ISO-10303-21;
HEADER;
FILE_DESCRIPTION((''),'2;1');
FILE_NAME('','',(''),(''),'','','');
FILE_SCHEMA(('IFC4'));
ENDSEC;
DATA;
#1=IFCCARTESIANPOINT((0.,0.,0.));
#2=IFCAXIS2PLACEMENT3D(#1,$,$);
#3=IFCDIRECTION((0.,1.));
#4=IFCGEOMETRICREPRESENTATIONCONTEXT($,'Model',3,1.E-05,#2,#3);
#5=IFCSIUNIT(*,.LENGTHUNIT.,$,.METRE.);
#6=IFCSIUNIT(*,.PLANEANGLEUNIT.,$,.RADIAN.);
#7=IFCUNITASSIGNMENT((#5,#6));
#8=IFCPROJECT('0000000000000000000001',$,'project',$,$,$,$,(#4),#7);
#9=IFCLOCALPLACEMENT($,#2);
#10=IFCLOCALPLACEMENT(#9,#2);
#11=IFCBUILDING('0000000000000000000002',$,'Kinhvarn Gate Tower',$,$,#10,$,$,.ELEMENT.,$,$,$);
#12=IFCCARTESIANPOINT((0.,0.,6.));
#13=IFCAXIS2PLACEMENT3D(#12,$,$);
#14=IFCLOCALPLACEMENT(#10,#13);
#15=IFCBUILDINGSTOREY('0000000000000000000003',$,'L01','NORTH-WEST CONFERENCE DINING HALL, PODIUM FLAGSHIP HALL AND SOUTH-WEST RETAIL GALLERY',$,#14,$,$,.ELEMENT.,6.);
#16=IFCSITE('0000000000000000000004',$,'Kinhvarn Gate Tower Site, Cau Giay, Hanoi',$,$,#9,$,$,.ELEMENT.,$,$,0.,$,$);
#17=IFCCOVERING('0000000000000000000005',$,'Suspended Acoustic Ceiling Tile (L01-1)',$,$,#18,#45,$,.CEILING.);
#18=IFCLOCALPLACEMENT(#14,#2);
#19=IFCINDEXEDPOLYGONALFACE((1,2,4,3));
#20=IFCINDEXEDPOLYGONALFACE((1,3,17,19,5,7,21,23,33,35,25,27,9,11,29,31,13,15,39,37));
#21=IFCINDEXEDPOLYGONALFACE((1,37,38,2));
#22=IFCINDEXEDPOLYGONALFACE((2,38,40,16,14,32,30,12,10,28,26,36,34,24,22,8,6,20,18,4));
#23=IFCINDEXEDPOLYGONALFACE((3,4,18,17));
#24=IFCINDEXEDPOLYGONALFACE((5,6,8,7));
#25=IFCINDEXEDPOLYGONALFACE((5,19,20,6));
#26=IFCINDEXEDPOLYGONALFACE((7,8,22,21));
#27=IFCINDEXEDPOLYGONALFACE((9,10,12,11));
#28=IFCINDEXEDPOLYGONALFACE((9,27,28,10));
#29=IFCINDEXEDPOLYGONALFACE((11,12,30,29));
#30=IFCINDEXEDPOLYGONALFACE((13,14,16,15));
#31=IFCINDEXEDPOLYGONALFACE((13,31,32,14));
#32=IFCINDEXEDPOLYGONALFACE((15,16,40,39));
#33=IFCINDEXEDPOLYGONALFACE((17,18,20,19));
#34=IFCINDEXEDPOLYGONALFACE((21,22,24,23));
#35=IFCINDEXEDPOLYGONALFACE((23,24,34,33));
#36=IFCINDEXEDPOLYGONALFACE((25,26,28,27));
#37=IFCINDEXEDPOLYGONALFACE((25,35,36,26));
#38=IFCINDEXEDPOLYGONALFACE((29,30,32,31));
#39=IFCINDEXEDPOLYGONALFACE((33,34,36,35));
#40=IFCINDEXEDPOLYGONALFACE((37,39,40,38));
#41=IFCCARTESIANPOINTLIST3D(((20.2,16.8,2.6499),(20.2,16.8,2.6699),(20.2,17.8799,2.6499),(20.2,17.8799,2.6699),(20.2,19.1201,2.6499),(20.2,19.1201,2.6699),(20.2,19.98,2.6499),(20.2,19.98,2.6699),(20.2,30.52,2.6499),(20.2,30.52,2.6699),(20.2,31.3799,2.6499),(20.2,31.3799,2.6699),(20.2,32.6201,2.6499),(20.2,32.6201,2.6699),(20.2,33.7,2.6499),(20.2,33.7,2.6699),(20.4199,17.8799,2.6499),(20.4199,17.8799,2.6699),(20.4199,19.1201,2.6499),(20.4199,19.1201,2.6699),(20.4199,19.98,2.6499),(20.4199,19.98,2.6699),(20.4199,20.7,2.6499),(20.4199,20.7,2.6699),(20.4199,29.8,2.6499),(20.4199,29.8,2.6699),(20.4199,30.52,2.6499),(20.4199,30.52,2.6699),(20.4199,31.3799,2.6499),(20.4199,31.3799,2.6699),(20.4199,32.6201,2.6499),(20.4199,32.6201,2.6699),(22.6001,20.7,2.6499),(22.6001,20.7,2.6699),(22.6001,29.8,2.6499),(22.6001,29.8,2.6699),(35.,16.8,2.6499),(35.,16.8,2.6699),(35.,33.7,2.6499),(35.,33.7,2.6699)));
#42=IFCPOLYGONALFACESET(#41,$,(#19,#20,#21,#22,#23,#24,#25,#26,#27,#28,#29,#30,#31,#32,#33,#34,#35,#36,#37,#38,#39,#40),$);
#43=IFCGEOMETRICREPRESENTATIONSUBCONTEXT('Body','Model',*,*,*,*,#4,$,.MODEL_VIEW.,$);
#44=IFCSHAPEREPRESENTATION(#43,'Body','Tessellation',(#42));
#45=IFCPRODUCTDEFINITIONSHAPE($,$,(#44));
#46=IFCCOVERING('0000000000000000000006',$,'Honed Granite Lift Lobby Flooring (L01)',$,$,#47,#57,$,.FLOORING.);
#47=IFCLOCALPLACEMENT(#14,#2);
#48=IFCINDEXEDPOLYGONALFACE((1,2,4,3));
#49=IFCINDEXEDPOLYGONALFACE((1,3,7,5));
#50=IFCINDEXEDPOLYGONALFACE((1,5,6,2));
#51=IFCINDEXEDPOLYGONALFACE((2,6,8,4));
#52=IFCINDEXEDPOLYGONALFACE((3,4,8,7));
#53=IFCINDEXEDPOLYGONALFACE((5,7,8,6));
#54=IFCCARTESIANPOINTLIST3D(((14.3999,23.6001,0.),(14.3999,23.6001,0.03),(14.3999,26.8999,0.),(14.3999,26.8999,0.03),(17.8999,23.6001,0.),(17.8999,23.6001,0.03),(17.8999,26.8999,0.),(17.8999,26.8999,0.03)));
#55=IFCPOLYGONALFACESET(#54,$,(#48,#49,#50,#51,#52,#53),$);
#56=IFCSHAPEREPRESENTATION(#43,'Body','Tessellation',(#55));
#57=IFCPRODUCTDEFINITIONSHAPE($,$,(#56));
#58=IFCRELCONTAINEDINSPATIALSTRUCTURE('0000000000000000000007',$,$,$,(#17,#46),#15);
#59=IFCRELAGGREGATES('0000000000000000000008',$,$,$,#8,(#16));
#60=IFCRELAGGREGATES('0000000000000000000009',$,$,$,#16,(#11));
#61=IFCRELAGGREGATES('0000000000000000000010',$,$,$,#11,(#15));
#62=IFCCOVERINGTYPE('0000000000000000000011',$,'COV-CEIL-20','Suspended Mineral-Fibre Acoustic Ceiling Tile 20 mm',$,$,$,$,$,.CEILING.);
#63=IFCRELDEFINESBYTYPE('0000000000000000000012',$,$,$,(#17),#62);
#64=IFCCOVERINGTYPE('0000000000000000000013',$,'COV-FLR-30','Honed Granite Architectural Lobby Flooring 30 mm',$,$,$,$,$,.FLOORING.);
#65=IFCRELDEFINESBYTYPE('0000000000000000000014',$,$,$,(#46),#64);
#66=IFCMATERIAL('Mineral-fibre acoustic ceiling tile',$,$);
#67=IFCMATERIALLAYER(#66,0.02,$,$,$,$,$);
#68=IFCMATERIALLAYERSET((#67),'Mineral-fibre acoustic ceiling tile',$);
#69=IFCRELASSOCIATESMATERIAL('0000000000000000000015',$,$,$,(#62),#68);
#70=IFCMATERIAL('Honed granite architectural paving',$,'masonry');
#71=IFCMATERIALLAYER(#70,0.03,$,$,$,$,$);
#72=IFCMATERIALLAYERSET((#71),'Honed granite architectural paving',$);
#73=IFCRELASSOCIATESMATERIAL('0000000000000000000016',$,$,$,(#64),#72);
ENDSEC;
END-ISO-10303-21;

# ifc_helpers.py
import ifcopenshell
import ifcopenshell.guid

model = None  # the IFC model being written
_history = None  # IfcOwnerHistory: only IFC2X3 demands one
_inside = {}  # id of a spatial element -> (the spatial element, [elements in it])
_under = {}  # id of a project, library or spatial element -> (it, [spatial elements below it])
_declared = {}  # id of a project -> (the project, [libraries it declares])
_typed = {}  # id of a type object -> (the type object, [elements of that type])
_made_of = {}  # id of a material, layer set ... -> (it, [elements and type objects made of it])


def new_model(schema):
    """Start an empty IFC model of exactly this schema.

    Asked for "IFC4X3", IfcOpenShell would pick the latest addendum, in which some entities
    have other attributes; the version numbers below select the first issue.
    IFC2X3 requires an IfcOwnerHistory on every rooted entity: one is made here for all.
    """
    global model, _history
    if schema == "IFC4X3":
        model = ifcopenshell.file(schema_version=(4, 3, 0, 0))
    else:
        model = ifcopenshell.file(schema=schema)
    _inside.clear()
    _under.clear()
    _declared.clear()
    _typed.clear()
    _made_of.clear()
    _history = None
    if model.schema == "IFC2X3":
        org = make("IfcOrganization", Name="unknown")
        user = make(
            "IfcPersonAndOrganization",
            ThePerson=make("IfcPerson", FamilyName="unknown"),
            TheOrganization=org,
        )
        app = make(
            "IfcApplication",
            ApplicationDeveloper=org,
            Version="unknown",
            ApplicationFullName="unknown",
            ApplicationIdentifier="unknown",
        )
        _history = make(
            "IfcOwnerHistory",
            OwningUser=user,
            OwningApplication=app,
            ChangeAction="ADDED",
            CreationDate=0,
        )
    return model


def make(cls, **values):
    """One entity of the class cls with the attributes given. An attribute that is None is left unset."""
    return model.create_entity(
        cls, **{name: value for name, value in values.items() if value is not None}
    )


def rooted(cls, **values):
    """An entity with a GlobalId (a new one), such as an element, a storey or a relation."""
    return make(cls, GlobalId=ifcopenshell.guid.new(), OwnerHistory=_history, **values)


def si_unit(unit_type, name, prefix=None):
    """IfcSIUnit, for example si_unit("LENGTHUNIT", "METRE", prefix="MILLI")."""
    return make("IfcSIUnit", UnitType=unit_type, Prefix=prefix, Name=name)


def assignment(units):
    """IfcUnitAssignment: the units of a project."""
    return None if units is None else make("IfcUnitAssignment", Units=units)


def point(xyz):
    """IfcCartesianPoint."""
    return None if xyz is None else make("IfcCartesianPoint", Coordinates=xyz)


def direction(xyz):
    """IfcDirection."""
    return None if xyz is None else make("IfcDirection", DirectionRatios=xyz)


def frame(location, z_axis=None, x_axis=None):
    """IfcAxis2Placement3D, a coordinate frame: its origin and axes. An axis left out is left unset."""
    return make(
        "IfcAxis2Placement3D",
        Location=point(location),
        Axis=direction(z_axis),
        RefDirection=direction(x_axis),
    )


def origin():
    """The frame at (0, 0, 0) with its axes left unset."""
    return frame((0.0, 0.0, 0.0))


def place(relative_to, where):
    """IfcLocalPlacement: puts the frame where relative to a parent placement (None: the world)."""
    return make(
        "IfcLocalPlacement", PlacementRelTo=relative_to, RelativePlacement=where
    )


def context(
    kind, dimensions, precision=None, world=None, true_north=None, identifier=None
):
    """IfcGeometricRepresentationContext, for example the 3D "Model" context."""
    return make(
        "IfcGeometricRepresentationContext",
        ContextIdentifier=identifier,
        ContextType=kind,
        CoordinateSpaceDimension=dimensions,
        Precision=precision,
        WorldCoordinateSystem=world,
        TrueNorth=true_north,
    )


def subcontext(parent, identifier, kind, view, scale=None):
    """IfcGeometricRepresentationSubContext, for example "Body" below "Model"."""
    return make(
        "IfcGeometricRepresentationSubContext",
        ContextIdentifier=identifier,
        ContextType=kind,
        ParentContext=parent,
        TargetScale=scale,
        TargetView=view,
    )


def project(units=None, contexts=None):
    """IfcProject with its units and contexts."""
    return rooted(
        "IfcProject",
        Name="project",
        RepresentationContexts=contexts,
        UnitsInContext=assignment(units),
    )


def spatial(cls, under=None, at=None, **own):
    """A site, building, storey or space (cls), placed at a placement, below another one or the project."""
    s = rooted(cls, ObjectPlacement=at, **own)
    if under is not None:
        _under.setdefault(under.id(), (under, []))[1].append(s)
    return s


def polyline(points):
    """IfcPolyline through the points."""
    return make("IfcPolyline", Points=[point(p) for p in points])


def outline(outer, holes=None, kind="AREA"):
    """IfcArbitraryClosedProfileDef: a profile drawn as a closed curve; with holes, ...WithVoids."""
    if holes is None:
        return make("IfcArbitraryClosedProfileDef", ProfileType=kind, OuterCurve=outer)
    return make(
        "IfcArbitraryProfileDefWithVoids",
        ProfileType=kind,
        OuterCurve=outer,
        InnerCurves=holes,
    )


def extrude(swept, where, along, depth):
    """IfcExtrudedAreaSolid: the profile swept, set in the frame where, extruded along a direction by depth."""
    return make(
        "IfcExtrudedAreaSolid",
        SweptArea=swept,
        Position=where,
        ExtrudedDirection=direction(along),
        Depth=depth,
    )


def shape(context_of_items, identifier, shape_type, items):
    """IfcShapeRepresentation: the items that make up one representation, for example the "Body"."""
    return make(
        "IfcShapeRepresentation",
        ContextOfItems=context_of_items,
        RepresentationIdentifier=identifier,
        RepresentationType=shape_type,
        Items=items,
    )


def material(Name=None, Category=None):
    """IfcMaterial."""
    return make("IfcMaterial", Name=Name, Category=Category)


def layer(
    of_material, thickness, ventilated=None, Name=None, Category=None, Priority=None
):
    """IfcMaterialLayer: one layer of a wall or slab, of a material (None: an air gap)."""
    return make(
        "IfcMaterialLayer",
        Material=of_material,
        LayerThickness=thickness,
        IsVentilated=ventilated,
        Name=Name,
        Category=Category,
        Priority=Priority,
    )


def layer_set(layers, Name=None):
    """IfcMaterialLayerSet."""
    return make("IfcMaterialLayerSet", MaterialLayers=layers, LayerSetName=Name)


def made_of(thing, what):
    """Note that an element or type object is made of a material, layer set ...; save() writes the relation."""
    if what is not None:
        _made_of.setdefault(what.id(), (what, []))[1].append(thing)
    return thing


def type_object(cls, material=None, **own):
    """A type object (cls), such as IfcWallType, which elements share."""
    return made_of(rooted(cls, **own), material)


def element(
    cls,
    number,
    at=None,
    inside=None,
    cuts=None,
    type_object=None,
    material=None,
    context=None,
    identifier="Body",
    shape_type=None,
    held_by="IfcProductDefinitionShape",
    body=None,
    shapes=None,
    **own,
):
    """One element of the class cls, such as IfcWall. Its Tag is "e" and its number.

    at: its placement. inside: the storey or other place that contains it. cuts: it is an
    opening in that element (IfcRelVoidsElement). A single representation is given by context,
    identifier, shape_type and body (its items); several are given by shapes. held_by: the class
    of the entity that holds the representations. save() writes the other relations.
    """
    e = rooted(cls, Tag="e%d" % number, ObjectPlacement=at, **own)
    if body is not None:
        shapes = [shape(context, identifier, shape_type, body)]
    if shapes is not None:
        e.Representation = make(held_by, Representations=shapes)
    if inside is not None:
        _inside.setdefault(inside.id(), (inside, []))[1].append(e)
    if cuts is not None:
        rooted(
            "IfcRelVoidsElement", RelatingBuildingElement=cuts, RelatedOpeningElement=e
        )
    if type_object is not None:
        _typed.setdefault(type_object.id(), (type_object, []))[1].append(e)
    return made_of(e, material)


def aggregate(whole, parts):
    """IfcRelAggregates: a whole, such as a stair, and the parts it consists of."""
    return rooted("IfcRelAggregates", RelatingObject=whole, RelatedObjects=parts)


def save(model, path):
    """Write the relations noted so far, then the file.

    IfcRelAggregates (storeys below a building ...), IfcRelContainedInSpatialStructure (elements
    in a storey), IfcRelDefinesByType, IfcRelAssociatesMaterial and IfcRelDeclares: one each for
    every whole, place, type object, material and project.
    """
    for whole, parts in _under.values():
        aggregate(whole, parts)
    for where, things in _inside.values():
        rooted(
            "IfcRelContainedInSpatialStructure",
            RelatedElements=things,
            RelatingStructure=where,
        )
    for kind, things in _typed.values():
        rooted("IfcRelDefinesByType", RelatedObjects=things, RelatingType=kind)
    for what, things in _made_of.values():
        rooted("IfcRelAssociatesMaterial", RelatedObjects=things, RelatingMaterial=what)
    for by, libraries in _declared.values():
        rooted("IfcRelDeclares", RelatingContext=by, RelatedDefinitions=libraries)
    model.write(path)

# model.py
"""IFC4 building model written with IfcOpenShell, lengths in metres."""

from ifc_helpers import new_model, si_unit, direction, frame, origin, place, context, subcontext, project, spatial, polyline, outline, extrude, material, layer, layer_set, type_object, element, save


model = new_model("IFC4")

# Units and contexts
model_context = context("Model", 3, precision=1e-05, world=origin(), true_north=direction((0.0, 1.0)))
body_context = subcontext(model_context, "Body", "Model", "MODEL_VIEW")
ifc_project = project(units=[si_unit("LENGTHUNIT", "METRE"), si_unit("PLANEANGLEUNIT", "RADIAN")], contexts=[model_context])

# Site, building, storey
site_placement = place(None, origin())
site = spatial("IfcSite", under=ifc_project, at=site_placement, Name="Kinhvarn Gate Tower Site, Cau Giay, Hanoi", CompositionType="ELEMENT", RefElevation=0.0)
building_placement = place(site_placement, origin())
building = spatial("IfcBuilding", under=site, at=building_placement, Name="Kinhvarn Gate Tower", CompositionType="ELEMENT")
storey_placement = place(building_placement, frame((0.0, 0.0, 6.0)))
storey = spatial("IfcBuildingStorey", under=building, at=storey_placement, Name="L01", Description="NORTH-WEST CONFERENCE DINING HALL, PODIUM FLAGSHIP HALL AND SOUTH-WEST RETAIL GALLERY", CompositionType="ELEMENT", Elevation=6.0)

# Coverings
ifc_material_1 = material(Name="Mineral-fibre acoustic ceiling tile")
ifc_layer_1 = layer(ifc_material_1, 0.02)
ifc_layer_set_1 = layer_set([ifc_layer_1], Name="Mineral-fibre acoustic ceiling tile")
covering_type_1 = type_object("IfcCoveringType", Name="COV-CEIL-20", Description="Suspended Mineral-Fibre Acoustic Ceiling Tile 20 mm", PredefinedType="CEILING", material=ifc_layer_set_1)
covering_1_placement = place(storey_placement, frame((0.0, 0.0, 2.6499)))
element("IfcCovering", 1, at=covering_1_placement, inside=storey, type_object=covering_type_1, Name="Suspended Acoustic Ceiling Tile (L01-1)", PredefinedType="CEILING", context=body_context, shape_type="SweptSolid", body=[
    extrude(outline(polyline([(35.0, 33.7), (35.0, 16.8), (20.2, 16.8), (20.2, 17.8799), (20.4199, 17.8799), (20.4199, 19.1201), (20.2, 19.1201), (20.2, 19.98), (20.4199, 19.98), (20.4199, 20.7), (22.6001, 20.7), (22.6001, 29.8), (20.4199, 29.8), (20.4199, 30.52), (20.2, 30.52), (20.2, 31.3799), (20.4199, 31.3799), (20.4199, 32.6201), (20.2, 32.6201), (20.2, 33.7), (35.0, 33.7)])), origin(), (0.0, 0.0, 1.0), 0.02),
])
ifc_material_2 = material(Name="Honed granite architectural paving", Category="masonry")
ifc_layer_2 = layer(ifc_material_2, 0.03)
ifc_layer_set_2 = layer_set([ifc_layer_2], Name="Honed granite architectural paving")
covering_type_2 = type_object("IfcCoveringType", Name="COV-FLR-30", Description="Honed Granite Architectural Lobby Flooring 30 mm", PredefinedType="FLOORING", material=ifc_layer_set_2)
covering_2_placement = place(storey_placement, origin())
element("IfcCovering", 2, at=covering_2_placement, inside=storey, type_object=covering_type_2, Name="Honed Granite Lift Lobby Flooring (L01)", PredefinedType="FLOORING", context=body_context, shape_type="SweptSolid", body=[
    extrude(outline(polyline([(14.3999, 23.6001), (14.3999, 26.8999), (17.8999, 26.8999), (17.8999, 23.6001), (14.3999, 23.6001)])), origin(), (0.0, 0.0, 1.0), 0.03),
])

save(model, "model.ifc")
